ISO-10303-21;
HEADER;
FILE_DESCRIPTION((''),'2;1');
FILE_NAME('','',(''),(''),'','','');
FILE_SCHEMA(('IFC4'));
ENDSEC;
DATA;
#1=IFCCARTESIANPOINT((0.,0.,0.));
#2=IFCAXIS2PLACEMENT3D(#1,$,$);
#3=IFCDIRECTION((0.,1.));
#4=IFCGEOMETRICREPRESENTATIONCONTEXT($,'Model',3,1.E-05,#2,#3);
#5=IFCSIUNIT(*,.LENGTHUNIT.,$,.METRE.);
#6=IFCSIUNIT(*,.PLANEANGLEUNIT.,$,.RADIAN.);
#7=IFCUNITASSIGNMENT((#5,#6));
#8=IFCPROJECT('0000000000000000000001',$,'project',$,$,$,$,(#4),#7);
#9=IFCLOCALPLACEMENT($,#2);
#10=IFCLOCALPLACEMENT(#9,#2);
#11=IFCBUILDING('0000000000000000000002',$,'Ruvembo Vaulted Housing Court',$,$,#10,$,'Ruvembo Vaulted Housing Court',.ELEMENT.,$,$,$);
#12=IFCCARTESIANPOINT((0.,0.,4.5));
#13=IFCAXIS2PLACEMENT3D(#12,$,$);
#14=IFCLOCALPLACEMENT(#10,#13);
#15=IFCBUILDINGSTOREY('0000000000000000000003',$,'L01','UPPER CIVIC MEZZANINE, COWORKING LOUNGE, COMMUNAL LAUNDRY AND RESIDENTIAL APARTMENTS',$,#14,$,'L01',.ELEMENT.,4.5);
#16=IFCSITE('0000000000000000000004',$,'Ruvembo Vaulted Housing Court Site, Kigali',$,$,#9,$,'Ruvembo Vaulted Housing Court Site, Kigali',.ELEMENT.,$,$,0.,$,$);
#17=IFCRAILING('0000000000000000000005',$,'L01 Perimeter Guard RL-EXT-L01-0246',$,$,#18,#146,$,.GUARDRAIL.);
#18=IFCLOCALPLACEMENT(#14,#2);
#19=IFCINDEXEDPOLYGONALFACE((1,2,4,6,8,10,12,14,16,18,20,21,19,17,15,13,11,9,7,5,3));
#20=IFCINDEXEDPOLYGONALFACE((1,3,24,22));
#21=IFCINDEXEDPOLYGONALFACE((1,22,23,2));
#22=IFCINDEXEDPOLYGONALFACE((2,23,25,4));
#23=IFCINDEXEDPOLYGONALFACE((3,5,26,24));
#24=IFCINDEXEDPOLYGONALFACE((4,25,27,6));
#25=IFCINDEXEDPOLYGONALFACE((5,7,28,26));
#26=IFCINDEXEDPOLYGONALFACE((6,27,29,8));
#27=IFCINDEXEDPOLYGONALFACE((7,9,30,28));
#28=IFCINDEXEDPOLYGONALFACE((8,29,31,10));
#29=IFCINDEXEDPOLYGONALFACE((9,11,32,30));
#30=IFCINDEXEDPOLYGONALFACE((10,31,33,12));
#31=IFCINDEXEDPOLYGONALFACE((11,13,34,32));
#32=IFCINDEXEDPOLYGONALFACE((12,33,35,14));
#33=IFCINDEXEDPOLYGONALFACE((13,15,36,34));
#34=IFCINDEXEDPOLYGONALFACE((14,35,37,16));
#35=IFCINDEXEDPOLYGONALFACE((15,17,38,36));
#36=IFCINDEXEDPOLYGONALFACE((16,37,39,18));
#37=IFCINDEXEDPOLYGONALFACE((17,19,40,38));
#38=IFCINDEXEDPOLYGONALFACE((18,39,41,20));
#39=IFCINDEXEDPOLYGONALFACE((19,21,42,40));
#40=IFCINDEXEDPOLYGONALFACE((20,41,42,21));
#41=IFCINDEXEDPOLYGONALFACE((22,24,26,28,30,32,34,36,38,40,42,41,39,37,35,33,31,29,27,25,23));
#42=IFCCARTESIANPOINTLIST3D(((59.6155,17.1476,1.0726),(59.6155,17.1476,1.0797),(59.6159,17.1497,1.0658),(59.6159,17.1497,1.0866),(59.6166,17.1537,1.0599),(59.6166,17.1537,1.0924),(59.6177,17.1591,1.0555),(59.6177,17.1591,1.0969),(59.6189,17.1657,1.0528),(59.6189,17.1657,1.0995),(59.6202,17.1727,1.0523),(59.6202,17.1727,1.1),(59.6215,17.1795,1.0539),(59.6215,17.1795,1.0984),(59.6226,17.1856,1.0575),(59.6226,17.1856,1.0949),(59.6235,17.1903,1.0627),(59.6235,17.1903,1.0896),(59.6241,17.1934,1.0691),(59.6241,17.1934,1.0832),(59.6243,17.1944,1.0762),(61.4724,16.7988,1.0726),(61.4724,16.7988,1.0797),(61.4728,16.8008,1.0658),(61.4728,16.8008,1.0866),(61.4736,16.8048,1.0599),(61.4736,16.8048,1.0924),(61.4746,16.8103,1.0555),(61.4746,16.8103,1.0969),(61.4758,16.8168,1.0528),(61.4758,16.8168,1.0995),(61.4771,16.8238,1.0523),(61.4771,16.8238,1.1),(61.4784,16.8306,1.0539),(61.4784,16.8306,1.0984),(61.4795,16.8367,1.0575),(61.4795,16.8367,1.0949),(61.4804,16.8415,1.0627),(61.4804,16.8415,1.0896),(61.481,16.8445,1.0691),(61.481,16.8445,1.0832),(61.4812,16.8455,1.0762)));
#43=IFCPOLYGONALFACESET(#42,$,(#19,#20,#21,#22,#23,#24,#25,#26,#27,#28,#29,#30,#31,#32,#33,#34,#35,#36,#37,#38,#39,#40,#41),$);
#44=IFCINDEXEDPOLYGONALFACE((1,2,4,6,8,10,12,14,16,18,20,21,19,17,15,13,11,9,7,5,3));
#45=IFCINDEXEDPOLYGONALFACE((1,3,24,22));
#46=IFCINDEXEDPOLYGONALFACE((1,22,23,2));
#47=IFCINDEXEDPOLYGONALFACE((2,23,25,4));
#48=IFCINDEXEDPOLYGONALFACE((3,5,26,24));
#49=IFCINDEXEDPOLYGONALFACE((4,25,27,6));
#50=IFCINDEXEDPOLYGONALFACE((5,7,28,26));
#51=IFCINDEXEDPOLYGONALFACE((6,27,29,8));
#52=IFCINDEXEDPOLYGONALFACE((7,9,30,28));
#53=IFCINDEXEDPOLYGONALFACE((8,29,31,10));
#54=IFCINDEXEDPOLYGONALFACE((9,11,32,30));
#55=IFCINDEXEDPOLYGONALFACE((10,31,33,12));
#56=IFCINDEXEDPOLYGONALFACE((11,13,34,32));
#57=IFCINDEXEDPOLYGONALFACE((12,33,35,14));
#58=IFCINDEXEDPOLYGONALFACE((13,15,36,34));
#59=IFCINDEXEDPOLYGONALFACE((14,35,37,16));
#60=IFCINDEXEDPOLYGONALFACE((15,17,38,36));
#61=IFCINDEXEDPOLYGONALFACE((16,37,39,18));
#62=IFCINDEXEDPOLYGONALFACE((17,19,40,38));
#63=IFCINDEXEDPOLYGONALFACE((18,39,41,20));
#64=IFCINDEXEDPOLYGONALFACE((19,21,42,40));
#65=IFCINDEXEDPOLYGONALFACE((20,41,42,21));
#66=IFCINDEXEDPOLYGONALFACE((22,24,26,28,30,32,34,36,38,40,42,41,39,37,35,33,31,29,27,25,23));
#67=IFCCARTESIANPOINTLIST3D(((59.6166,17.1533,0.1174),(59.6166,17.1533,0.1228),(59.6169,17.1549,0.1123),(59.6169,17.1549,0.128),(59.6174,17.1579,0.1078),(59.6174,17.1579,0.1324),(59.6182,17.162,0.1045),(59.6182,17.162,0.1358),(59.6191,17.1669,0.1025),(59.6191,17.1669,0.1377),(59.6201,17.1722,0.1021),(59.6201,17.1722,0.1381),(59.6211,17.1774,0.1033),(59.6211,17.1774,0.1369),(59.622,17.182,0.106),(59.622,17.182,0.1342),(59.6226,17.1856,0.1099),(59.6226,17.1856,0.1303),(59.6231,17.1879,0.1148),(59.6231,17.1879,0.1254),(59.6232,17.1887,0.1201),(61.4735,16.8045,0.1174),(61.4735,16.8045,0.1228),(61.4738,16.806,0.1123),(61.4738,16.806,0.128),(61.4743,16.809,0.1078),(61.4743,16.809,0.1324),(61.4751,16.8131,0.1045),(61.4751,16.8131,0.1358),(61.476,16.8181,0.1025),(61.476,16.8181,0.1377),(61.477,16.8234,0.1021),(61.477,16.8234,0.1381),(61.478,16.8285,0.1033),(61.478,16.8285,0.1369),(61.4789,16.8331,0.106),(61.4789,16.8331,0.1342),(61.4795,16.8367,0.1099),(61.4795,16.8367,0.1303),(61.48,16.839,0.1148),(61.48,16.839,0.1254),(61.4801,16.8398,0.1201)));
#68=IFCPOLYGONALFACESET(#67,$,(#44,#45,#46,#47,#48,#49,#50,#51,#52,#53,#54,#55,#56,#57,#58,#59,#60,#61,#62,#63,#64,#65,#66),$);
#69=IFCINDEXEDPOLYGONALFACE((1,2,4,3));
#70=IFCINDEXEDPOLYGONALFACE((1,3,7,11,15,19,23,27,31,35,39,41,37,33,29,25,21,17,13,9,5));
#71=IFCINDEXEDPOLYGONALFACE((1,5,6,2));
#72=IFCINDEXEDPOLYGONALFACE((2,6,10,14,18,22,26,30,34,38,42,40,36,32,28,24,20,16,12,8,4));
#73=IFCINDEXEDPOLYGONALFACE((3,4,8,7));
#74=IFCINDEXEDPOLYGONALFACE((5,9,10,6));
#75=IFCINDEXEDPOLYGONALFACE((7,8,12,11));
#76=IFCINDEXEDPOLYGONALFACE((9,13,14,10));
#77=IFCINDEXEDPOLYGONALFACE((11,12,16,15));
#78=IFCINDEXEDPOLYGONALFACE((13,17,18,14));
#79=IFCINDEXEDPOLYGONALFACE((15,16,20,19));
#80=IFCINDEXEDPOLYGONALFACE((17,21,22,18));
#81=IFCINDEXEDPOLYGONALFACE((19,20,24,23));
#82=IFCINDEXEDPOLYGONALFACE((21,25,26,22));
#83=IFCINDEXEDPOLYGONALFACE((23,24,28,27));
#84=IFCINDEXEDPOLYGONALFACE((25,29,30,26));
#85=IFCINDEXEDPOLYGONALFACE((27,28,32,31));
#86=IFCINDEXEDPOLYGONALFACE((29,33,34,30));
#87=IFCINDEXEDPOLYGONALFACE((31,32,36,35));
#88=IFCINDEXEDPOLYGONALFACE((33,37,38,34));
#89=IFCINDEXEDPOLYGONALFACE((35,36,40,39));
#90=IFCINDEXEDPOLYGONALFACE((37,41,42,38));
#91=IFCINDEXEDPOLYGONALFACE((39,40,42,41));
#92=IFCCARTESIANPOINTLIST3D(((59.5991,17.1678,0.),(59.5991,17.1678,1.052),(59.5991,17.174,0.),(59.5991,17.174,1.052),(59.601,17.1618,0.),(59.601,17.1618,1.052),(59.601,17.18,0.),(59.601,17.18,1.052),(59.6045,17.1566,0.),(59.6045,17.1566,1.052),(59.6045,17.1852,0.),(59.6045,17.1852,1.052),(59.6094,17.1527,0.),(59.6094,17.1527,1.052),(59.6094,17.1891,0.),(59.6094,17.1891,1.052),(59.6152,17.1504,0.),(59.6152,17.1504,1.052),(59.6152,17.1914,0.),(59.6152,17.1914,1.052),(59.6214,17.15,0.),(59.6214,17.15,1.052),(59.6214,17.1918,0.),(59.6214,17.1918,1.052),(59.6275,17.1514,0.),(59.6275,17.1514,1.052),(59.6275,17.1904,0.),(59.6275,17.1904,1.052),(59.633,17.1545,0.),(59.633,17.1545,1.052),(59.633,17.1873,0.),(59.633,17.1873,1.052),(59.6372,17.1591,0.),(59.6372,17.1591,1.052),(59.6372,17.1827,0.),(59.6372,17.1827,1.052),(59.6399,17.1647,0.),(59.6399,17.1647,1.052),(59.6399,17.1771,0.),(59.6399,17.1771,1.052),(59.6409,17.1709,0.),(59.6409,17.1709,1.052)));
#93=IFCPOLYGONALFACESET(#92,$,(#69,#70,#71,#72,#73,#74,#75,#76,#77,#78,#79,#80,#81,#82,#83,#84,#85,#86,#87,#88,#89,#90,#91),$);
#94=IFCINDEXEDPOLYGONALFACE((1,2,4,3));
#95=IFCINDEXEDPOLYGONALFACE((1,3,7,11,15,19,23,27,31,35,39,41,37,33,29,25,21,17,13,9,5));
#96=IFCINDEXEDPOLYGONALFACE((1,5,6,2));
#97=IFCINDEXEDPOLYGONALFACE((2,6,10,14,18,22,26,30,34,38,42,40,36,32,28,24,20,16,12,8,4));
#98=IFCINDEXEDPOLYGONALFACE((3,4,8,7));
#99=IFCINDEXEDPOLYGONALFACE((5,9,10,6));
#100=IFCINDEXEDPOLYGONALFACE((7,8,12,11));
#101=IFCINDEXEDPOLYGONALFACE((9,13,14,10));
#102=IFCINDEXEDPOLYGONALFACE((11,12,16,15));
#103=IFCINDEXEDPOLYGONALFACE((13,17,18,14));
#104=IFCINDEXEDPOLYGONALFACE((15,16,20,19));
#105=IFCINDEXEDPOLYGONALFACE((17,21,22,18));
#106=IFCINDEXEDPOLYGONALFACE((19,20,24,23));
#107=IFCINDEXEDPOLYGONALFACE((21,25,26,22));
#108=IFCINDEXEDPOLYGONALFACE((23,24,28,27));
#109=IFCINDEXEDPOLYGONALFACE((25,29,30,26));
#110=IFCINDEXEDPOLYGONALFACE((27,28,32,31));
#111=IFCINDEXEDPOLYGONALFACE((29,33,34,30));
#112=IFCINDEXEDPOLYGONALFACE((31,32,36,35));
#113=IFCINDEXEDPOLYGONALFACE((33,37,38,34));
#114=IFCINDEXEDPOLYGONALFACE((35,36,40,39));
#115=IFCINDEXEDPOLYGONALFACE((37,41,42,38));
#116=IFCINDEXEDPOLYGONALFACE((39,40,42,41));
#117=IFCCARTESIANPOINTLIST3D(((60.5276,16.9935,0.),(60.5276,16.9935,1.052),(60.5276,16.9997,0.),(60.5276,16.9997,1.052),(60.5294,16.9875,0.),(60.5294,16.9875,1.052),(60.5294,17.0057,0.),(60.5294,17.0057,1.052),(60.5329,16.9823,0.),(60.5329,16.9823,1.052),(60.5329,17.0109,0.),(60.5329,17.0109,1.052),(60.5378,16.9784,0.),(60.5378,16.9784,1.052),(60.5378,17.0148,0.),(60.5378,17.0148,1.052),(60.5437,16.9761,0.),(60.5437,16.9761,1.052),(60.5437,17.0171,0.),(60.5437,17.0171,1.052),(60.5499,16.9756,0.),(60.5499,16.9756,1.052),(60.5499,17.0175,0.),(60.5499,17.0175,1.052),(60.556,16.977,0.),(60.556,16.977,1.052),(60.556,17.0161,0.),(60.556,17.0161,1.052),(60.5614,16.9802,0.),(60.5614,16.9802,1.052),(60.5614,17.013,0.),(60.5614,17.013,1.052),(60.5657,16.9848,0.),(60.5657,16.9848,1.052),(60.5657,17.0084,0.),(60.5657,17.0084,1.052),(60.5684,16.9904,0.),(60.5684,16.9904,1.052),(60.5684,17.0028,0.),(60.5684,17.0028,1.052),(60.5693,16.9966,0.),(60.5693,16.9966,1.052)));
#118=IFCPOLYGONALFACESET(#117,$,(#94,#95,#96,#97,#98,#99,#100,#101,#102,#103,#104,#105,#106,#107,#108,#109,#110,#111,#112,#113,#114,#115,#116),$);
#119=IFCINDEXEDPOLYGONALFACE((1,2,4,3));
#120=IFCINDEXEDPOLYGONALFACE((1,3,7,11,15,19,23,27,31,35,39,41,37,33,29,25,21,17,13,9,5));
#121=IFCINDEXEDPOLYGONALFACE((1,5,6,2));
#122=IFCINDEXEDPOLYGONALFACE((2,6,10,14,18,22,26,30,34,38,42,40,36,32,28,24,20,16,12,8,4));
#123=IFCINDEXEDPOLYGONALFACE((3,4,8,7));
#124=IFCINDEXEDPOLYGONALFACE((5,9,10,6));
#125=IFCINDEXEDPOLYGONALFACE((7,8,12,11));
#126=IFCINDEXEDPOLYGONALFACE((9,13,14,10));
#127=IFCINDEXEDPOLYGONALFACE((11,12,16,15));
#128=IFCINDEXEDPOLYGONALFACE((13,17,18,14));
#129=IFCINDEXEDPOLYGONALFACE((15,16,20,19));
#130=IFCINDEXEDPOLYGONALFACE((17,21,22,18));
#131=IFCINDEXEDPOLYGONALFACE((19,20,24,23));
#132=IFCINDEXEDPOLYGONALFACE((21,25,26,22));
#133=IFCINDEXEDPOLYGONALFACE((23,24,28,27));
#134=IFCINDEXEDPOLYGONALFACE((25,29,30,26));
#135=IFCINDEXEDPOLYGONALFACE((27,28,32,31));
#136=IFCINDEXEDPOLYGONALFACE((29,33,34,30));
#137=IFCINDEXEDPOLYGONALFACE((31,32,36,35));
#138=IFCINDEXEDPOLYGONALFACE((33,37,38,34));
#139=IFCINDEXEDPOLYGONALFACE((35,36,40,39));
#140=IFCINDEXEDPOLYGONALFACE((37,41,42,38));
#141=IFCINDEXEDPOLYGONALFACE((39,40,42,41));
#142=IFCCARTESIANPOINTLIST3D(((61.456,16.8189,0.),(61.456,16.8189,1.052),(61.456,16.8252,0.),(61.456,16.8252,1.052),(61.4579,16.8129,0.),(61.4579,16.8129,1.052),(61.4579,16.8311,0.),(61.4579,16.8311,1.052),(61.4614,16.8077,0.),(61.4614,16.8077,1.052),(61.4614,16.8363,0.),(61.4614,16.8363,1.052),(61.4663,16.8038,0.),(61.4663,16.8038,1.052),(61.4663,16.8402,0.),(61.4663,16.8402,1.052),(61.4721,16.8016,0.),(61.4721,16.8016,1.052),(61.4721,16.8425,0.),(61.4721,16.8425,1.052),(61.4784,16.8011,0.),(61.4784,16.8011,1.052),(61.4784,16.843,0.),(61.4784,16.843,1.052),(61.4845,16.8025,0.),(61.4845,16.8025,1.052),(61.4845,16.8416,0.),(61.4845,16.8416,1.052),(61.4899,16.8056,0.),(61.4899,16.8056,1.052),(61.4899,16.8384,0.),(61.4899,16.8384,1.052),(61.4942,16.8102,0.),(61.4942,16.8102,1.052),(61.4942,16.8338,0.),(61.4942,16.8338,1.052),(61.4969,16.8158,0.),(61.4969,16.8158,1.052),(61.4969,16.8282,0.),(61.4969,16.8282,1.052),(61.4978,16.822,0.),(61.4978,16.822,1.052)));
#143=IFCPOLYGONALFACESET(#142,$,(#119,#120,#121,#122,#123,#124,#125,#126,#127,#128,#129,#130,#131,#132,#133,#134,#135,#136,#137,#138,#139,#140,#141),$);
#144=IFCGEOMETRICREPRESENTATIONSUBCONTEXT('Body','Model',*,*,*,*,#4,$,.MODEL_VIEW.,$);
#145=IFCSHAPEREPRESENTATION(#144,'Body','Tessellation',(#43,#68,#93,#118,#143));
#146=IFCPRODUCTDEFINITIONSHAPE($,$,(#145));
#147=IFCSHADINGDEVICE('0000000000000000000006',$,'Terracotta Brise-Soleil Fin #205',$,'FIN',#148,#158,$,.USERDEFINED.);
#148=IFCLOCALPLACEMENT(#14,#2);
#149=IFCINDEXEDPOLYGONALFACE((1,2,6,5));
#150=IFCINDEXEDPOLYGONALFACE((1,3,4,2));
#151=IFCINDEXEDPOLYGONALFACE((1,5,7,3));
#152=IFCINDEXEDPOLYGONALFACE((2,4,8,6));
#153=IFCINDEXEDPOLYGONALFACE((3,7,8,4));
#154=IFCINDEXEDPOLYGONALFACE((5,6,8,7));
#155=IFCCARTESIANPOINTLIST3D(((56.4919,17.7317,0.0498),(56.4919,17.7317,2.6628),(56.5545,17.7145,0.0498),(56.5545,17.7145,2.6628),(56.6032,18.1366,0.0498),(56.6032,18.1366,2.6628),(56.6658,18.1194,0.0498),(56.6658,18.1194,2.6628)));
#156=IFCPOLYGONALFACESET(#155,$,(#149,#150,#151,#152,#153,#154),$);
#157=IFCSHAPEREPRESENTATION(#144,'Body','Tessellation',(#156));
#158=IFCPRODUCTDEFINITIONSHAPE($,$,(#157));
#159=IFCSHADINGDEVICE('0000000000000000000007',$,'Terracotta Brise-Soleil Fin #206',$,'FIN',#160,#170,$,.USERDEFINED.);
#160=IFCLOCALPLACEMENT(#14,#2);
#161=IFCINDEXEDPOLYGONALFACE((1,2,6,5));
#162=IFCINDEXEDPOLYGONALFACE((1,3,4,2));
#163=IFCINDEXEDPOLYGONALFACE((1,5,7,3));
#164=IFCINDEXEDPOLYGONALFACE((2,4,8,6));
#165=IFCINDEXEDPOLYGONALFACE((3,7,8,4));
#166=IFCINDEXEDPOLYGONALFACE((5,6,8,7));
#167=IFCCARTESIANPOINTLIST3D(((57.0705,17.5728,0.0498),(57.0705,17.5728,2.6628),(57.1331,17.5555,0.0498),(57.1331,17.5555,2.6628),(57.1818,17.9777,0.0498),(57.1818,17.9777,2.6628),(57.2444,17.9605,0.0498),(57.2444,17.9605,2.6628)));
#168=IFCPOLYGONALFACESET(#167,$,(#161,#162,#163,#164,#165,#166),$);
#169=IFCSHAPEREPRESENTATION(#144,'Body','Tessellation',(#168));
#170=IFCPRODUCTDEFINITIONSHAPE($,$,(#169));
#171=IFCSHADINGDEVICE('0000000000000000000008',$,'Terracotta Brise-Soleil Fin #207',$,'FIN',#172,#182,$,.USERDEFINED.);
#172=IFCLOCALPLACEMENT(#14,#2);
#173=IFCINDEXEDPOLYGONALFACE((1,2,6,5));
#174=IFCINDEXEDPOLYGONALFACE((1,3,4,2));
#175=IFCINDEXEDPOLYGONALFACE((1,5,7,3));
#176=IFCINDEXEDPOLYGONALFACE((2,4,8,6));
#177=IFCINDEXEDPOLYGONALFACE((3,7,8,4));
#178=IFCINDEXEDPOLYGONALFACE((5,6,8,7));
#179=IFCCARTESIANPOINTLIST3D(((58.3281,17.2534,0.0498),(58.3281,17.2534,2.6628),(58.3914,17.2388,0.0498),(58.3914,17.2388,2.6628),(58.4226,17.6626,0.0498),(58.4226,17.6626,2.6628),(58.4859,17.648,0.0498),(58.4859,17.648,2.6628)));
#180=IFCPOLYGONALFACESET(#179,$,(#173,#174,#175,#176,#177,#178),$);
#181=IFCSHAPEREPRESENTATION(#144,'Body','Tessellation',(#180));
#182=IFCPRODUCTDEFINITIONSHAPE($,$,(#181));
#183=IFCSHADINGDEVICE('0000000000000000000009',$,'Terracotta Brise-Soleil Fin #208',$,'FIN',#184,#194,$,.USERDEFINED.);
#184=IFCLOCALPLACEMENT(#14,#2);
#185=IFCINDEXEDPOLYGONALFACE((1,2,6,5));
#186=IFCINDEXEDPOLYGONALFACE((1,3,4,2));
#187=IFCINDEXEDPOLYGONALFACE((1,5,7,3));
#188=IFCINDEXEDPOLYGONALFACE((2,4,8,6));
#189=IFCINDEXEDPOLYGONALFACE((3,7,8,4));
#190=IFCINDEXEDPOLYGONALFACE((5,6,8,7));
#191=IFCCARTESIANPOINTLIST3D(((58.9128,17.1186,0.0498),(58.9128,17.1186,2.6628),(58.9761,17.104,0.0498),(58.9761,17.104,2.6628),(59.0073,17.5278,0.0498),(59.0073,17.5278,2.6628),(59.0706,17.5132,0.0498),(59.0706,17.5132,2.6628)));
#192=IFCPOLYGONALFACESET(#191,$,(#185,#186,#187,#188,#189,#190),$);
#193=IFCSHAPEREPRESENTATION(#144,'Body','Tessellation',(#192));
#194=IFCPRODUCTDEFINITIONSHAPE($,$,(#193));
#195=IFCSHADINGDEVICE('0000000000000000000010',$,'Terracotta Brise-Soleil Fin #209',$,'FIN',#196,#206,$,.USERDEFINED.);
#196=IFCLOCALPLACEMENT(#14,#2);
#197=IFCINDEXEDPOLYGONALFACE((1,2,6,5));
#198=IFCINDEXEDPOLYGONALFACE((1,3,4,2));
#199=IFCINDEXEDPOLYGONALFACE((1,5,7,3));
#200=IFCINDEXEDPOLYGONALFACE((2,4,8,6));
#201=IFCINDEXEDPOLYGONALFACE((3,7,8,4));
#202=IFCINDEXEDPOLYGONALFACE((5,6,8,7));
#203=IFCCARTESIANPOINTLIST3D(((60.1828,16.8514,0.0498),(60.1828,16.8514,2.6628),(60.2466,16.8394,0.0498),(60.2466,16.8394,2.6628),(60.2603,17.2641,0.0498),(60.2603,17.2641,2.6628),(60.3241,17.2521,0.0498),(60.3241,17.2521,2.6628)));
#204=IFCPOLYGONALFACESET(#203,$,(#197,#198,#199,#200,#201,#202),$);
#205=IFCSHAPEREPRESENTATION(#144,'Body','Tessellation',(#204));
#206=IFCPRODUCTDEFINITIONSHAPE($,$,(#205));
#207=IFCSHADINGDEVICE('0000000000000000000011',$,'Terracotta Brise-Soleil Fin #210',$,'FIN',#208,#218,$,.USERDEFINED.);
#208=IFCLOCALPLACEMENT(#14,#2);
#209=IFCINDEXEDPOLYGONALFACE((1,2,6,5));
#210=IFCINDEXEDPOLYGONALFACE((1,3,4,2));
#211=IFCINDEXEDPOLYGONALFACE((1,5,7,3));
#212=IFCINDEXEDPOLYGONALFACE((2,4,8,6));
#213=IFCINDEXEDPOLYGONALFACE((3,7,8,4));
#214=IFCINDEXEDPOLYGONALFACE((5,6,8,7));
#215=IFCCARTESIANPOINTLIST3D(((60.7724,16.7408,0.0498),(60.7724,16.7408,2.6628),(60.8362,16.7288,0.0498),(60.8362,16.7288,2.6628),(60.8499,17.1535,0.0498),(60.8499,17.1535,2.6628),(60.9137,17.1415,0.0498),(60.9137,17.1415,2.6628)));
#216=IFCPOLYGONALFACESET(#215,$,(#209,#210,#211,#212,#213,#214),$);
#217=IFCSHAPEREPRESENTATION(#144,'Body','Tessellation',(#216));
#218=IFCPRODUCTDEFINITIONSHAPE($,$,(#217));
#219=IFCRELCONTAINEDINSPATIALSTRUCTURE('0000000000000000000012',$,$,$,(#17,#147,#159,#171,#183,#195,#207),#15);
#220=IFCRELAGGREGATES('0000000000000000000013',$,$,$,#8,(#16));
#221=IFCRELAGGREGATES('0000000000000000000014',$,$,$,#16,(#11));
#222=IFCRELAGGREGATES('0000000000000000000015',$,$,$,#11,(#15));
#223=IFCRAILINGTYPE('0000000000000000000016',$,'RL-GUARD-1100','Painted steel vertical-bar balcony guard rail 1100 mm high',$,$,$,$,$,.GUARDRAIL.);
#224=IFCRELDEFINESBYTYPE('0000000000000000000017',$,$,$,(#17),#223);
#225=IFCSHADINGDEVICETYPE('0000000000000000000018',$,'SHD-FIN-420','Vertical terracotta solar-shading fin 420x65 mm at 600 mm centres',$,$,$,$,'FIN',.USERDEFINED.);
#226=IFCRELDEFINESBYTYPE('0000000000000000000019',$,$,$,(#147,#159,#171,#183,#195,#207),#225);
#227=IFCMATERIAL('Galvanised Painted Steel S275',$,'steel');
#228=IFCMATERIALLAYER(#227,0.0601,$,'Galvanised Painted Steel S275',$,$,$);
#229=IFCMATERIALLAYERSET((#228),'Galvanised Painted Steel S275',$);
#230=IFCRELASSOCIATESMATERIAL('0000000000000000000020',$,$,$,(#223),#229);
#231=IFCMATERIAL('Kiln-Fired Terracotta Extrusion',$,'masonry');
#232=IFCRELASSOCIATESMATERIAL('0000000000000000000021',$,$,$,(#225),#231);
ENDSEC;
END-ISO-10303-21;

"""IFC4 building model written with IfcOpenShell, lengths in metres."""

from ifc_helpers import new_model, si_unit, direction, frame, origin, origin_2d, place, context, subcontext, project, spatial, rectangle, circle, extrude, material, layer, layer_set, type_object, element, save


model = new_model("IFC4")

# Units and contexts
model_context = context("Model", 3, precision=1e-05, world=origin(), true_north=direction((0.0, 1.0)))
body_context = subcontext(model_context, "Body", "Model", "MODEL_VIEW")
ifc_project = project(units=[si_unit("LENGTHUNIT", "METRE"), si_unit("PLANEANGLEUNIT", "RADIAN")], contexts=[model_context])

# Site, building, storey
site_placement = place(None, origin())
site = spatial("IfcSite", under=ifc_project, at=site_placement, Name="Ruvembo Vaulted Housing Court Site, Kigali", LongName="Ruvembo Vaulted Housing Court Site, Kigali", CompositionType="ELEMENT", RefElevation=0.0)
building_placement = place(site_placement, origin())
building = spatial("IfcBuilding", under=site, at=building_placement, Name="Ruvembo Vaulted Housing Court", LongName="Ruvembo Vaulted Housing Court", CompositionType="ELEMENT")
storey_placement = place(building_placement, frame((0.0, 0.0, 4.5)))
storey = spatial("IfcBuildingStorey", under=building, at=storey_placement, Name="L01", Description="UPPER CIVIC MEZZANINE, COWORKING LOUNGE, COMMUNAL LAUNDRY AND RESIDENTIAL APARTMENTS", LongName="L01", CompositionType="ELEMENT", Elevation=4.5)

# Railing
ifc_material_1 = material(Name="Galvanised Painted Steel S275", Category="steel")
ifc_layer = layer(ifc_material_1, 0.0601, Name="Galvanised Painted Steel S275")
ifc_layer_set = layer_set([ifc_layer], Name="Galvanised Painted Steel S275")
railing_type = type_object("IfcRailingType", Name="RL-GUARD-1100", Description="Painted steel vertical-bar balcony guard rail 1100 mm high", PredefinedType="GUARDRAIL", material=ifc_layer_set)
railing_1_placement = place(storey_placement, frame((59.6199, 17.1709, 0.0)))
element("IfcRailing", 1, at=railing_1_placement, inside=storey, type_object=railing_type, Name="L01 Perimeter Guard RL-EXT-L01-0246", PredefinedType="GUARDRAIL", context=body_context, shape_type="SweptSolid", body=[
    extrude(circle(Radius=0.0239, at=origin_2d()), frame((0.0, 0.0, 1.0762), z_axis=(0.982805, -0.184647, 0.0), x_axis=(0.184647, 0.982805, 0.0)), (0.0, 0.0, 1.0), 1.8894),
    extrude(circle(Radius=0.0181, at=origin_2d()), frame((0.0, 0.0, 0.1201), z_axis=(0.982805, -0.184647, 0.0), x_axis=(0.184647, 0.982805, 0.0)), (0.0, 0.0, 1.0), 1.8894),
    extrude(circle(Radius=0.021, at=origin_2d()), origin(), (0.0, 0.0, 1.0), 1.052),
    extrude(circle(Radius=0.021, at=origin_2d()), frame((0.9285, -0.1743, 0.0)), (0.0, 0.0, 1.0), 1.052),
    extrude(circle(Radius=0.021, at=origin_2d()), frame((1.8569, -0.3489, 0.0)), (0.0, 0.0, 1.0), 1.052),
])

# Shading devices
ifc_material_2 = material(Name="Kiln-Fired Terracotta Extrusion", Category="masonry")
shading_device_type = type_object("IfcShadingDeviceType", Name="SHD-FIN-420", Description="Vertical terracotta solar-shading fin 420x65 mm at 600 mm centres", ElementType="FIN", PredefinedType="USERDEFINED", material=ifc_material_2)
for number, where, z_axis, x_axis, name in (
    (2, (56.5789, 17.9255, 0.0498), (0.0, 0.0, 1.0), (-0.264984, -0.964253, 0.0), "Terracotta Brise-Soleil Fin #205"),
    (3, (57.1575, 17.7666, 0.0498), (0.0, 0.0, 1.0), (-0.264984, -0.964253, 0.0), "Terracotta Brise-Soleil Fin #206"),
    (4, (58.407, 17.4507, 0.0498), (0.0, 0.0, 1.0), (-0.224951, -0.97437, 0.0), "Terracotta Brise-Soleil Fin #207"),
    (5, (58.9917, 17.3159, 0.0498), (0.0, 0.0, 1.0), (-0.224951, -0.97437, 0.0), "Terracotta Brise-Soleil Fin #208"),
    (6, (60.2534, 17.0518, 0.0498), (0.0, 0.0, 1.0), (-0.184569, -0.98282, 0.0), "Terracotta Brise-Soleil Fin #209"),
    (7, (60.843, 16.9412, 0.0498), (0.0, 0.0, 1.0), (-0.184569, -0.98282, 0.0), "Terracotta Brise-Soleil Fin #210"),
):
    element("IfcShadingDevice", number, at=place(storey_placement, frame(where, z_axis=z_axis, x_axis=x_axis)), inside=storey, type_object=shading_device_type, Name=name, ObjectType="FIN", PredefinedType="USERDEFINED", context=body_context, shape_type="SweptSolid", body=[
        extrude(rectangle(XDim=0.4199, YDim=0.0649, at=origin_2d()), origin(), (0.0, 0.0, 1.0), 2.613),
    ])

save(model, "model.ifc")
